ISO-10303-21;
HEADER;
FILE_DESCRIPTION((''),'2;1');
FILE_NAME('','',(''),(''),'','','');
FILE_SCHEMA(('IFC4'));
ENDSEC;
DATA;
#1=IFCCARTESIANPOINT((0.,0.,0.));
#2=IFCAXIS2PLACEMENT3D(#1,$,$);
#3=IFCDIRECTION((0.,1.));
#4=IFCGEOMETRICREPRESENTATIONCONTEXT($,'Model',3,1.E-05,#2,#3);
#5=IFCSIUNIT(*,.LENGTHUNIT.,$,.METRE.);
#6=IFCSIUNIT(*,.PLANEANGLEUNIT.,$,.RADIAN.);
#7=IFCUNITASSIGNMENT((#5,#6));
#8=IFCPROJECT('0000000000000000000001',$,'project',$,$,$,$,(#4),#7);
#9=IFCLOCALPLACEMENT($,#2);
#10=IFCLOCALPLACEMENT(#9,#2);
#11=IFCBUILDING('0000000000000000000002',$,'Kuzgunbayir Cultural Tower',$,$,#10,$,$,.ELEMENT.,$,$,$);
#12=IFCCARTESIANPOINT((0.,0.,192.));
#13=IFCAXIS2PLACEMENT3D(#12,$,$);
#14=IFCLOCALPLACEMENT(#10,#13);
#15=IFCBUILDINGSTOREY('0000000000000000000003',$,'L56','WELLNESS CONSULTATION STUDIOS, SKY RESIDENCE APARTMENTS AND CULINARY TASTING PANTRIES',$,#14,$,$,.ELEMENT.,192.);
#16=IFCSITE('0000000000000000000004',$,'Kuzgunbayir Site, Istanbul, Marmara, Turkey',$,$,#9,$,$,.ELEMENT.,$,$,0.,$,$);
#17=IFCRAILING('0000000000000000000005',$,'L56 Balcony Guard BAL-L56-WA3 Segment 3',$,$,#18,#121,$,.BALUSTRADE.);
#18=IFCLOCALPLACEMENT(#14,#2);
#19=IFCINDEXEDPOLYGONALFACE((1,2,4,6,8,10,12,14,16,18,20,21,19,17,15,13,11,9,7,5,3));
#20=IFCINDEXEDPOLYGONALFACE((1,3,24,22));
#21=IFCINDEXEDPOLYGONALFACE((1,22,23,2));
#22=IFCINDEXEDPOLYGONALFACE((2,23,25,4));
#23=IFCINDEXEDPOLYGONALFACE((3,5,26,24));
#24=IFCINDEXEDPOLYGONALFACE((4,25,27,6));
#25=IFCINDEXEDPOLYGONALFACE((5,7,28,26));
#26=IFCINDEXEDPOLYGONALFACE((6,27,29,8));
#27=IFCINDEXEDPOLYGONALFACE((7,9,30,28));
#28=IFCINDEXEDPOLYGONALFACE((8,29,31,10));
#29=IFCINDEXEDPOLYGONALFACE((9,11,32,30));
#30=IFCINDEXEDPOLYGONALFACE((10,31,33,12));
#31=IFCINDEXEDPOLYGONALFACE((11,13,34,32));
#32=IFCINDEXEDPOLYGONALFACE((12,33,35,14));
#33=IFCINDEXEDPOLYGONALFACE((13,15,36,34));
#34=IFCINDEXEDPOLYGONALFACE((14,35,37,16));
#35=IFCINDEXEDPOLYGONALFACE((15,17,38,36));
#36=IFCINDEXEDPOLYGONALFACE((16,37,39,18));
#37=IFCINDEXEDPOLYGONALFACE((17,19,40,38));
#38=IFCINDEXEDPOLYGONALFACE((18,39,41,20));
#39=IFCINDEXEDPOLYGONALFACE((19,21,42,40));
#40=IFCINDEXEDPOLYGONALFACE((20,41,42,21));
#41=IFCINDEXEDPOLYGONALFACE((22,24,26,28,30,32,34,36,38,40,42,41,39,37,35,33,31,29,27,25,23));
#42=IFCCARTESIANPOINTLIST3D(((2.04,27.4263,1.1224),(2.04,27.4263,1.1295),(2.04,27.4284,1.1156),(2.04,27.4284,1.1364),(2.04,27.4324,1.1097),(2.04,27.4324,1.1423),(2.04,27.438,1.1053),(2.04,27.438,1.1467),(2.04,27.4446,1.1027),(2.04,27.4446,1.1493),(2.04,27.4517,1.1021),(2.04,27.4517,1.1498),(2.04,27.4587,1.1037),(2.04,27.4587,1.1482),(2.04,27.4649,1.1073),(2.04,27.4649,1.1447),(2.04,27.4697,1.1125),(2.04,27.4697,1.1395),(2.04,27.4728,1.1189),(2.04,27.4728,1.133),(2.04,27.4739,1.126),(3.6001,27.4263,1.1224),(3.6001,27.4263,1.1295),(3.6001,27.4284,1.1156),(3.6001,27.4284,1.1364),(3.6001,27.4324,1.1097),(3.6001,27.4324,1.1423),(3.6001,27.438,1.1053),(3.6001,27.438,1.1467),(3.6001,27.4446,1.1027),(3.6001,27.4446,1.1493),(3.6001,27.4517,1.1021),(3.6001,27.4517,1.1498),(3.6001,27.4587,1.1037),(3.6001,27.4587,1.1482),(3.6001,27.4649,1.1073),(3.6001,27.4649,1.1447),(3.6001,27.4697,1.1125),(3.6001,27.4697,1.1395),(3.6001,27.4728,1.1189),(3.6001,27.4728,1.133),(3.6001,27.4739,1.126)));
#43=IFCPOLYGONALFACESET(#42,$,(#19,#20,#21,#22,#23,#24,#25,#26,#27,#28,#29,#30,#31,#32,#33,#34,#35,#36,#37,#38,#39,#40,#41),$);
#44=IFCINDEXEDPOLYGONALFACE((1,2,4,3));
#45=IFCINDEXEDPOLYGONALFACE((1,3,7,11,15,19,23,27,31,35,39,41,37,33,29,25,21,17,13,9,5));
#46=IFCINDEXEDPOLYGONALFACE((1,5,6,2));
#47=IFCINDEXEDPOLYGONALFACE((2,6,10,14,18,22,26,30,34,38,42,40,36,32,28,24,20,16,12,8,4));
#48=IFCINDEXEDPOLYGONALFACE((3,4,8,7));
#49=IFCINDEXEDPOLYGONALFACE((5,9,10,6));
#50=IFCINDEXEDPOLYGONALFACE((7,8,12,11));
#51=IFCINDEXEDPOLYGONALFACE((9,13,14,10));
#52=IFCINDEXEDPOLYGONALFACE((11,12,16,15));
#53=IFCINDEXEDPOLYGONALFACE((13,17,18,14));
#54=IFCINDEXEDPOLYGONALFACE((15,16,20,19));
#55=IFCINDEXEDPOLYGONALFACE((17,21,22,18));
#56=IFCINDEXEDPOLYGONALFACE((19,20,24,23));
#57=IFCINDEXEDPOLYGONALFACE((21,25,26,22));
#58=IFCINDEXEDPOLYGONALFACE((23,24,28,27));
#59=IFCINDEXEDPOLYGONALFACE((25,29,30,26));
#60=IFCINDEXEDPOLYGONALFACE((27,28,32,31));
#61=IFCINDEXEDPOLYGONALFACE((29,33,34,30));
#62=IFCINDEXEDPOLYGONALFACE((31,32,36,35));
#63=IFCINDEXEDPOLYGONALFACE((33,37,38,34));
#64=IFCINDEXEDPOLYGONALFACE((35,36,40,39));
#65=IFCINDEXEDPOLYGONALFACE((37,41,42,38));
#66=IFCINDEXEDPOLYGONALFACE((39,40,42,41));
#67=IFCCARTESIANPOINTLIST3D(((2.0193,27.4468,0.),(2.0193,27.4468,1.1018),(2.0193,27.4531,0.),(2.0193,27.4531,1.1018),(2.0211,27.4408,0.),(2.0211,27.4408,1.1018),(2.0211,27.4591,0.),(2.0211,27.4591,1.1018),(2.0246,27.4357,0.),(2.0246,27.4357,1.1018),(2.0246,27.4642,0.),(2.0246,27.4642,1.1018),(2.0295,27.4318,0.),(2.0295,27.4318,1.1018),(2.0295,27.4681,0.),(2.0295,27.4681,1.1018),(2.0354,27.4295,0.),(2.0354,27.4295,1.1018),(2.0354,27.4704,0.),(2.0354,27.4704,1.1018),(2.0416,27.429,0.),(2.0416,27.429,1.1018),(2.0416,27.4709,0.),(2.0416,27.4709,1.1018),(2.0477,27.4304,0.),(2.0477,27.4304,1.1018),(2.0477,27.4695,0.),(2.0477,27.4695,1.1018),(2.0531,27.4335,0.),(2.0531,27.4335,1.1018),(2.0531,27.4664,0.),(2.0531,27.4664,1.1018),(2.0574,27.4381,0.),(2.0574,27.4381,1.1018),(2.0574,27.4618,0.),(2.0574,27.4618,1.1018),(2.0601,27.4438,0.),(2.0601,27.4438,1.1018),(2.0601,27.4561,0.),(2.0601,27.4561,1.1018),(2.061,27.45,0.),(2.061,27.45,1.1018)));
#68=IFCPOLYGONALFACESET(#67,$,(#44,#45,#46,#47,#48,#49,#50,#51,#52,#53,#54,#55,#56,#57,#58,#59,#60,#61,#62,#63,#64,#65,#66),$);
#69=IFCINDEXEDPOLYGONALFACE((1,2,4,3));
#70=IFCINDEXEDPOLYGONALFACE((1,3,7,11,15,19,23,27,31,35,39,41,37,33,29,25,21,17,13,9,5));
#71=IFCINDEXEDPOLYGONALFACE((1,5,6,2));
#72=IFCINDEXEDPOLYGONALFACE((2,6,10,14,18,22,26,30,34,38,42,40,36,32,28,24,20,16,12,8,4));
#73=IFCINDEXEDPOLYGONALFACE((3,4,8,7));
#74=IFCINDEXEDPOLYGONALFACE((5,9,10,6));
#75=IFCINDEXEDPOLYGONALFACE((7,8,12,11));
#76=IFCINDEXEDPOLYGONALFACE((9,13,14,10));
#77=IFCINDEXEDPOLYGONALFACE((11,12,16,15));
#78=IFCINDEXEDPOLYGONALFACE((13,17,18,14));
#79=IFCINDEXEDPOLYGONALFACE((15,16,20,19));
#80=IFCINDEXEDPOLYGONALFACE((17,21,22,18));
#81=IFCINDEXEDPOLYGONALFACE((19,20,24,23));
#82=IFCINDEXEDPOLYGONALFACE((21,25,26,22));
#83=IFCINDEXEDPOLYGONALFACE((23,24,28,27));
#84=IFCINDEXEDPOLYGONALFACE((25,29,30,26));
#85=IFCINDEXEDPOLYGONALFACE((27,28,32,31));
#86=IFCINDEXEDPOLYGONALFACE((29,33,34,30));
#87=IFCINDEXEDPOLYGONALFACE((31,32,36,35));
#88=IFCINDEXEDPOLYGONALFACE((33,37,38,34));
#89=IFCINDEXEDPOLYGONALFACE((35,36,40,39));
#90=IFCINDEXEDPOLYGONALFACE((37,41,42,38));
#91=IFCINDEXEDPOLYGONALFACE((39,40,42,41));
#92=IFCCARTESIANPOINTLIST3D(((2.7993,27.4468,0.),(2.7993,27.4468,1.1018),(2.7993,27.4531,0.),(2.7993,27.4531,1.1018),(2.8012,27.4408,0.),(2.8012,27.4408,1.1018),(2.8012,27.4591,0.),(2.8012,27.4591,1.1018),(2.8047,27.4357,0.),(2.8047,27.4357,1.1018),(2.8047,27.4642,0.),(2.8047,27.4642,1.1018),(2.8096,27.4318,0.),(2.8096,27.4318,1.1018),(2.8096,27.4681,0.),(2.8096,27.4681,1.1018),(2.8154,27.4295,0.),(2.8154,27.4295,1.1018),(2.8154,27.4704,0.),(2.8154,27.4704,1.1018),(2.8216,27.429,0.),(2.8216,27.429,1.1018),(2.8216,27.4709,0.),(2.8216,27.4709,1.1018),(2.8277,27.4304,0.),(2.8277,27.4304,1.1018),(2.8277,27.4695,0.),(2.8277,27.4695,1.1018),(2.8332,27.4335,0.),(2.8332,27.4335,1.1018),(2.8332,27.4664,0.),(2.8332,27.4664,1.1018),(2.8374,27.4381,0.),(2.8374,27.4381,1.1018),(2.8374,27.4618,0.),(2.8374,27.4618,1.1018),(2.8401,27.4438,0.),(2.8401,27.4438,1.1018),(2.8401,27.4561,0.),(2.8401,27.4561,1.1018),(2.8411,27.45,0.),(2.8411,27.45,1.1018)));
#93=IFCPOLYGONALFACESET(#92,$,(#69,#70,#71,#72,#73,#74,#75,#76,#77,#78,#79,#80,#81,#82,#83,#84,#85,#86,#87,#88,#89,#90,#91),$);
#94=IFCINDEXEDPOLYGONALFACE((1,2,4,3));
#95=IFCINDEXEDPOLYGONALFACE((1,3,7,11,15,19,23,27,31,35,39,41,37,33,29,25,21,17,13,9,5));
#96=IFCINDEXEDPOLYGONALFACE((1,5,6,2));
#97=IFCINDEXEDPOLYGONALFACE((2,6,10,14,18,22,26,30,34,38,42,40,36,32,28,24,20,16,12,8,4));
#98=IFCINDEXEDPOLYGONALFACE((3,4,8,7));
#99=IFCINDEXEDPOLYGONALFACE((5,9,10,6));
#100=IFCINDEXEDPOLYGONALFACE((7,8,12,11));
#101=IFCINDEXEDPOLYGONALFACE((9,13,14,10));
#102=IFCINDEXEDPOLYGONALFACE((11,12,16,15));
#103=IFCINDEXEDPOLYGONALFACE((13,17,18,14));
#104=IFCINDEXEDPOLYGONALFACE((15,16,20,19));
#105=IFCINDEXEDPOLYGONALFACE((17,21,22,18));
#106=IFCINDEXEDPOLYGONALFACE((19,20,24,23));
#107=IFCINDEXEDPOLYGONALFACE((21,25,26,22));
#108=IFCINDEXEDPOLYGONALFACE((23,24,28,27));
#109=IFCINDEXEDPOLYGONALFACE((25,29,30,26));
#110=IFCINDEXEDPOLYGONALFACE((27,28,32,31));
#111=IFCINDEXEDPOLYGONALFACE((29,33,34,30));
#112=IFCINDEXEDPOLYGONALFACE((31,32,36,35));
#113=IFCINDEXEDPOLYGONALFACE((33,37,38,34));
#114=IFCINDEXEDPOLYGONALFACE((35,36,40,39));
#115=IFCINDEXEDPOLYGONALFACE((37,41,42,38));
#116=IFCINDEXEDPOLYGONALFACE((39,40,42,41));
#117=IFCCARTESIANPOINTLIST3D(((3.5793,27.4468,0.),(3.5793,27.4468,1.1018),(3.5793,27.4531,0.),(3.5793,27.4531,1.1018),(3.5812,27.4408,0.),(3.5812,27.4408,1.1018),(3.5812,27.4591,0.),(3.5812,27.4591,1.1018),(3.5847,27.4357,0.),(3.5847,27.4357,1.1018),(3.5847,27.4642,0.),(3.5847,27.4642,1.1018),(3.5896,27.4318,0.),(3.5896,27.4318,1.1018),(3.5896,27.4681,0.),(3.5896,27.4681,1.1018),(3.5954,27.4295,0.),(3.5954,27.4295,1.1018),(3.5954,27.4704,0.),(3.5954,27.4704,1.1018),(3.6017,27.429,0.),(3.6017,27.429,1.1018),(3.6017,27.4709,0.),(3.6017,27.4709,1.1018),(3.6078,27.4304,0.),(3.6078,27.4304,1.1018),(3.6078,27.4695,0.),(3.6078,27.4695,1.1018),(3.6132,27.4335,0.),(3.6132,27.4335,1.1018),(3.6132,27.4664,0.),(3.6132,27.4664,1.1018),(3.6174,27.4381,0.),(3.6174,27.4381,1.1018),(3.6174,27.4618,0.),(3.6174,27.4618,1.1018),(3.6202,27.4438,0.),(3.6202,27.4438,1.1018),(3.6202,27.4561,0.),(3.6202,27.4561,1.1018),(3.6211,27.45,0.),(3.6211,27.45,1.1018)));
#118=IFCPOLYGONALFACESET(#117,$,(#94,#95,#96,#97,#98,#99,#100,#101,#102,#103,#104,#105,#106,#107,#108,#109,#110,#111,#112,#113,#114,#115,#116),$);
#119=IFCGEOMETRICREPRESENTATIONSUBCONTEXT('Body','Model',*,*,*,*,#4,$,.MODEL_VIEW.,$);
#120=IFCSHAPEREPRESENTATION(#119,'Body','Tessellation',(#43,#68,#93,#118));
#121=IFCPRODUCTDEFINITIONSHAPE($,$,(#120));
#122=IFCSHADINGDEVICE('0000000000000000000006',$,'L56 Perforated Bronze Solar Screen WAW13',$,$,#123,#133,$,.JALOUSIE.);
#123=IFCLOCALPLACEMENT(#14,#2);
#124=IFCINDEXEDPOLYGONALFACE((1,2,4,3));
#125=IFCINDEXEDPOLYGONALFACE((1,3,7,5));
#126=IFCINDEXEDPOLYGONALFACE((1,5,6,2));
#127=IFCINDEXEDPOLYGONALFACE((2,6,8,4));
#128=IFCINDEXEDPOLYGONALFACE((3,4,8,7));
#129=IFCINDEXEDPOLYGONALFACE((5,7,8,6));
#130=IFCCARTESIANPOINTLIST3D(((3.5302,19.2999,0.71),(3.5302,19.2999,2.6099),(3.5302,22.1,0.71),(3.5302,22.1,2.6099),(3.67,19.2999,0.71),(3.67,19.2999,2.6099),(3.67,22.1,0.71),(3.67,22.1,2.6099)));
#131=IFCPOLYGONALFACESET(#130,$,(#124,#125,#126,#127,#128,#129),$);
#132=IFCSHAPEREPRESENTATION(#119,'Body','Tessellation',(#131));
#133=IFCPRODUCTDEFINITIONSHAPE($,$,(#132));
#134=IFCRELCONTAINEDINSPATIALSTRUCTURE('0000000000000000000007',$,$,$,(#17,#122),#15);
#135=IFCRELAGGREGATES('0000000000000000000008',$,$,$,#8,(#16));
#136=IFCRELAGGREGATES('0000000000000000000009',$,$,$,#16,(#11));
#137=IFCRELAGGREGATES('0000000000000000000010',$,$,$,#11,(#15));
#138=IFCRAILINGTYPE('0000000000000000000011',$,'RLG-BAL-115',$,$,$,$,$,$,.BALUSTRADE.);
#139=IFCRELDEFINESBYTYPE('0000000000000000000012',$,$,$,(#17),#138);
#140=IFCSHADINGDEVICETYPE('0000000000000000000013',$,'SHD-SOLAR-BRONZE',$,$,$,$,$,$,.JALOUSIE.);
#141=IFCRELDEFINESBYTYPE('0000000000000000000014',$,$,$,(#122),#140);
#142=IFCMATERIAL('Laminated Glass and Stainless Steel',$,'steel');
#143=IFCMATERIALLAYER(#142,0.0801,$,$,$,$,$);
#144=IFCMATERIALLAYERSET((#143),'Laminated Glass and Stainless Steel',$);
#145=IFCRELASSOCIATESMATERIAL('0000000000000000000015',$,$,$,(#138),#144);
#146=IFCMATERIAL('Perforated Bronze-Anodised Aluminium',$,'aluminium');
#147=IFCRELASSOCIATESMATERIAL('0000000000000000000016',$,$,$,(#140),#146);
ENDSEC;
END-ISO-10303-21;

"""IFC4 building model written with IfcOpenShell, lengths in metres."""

from ifc_helpers import new_model, si_unit, direction, frame, origin, origin_2d, place, context, subcontext, project, spatial, rectangle, circle, extrude, material, layer, layer_set, type_object, element, save


model = new_model("IFC4")

# Units and contexts
model_context = context("Model", 3, precision=1e-05, world=origin(), true_north=direction((0.0, 1.0)))
body_context = subcontext(model_context, "Body", "Model", "MODEL_VIEW")
ifc_project = project(units=[si_unit("LENGTHUNIT", "METRE"), si_unit("PLANEANGLEUNIT", "RADIAN")], contexts=[model_context])

# Site, building, storey
site_placement = place(None, origin())
site = spatial("IfcSite", under=ifc_project, at=site_placement, Name="Kuzgunbayir Site, Istanbul, Marmara, Turkey", CompositionType="ELEMENT", RefElevation=0.0)
building_placement = place(site_placement, origin())
building = spatial("IfcBuilding", under=site, at=building_placement, Name="Kuzgunbayir Cultural Tower", CompositionType="ELEMENT")
storey_placement = place(building_placement, frame((0.0, 0.0, 192.0)))
storey = spatial("IfcBuildingStorey", under=building, at=storey_placement, Name="L56", Description="WELLNESS CONSULTATION STUDIOS, SKY RESIDENCE APARTMENTS AND CULINARY TASTING PANTRIES", CompositionType="ELEMENT", Elevation=192.0)

# Railing
ifc_material_1 = material(Name="Laminated Glass and Stainless Steel", Category="steel")
ifc_layer_1 = layer(ifc_material_1, 0.0801)
ifc_layer_set_1 = layer_set([ifc_layer_1], Name="Laminated Glass and Stainless Steel")
railing_type = type_object("IfcRailingType", Name="RLG-BAL-115", PredefinedType="BALUSTRADE", material=ifc_layer_set_1)
railing_1_placement = place(storey_placement, frame((2.04, 27.45, 0.0)))
element("IfcRailing", 1, at=railing_1_placement, inside=storey, type_object=railing_type, Name="L56 Balcony Guard BAL-L56-WA3 Segment 3", PredefinedType="BALUSTRADE", context=body_context, shape_type="SweptSolid", body=[
    extrude(circle(Radius=0.0239, at=origin_2d()), frame((0.0, 0.0, 1.126), z_axis=(1.0, 0.0, 0.0), x_axis=(0.0, 1.0, 0.0)), (0.0, 0.0, 1.0), 1.5601),
    extrude(circle(Radius=0.021, at=origin_2d()), origin(), (0.0, 0.0, 1.0), 1.1018),
    extrude(circle(Radius=0.021, at=origin_2d()), frame((0.78, 0.0, 0.0)), (0.0, 0.0, 1.0), 1.1018),
    extrude(circle(Radius=0.021, at=origin_2d()), frame((1.5601, 0.0, 0.0)), (0.0, 0.0, 1.0), 1.1018),
])

# Shading device
ifc_material_2 = material(Name="Perforated Bronze-Anodised Aluminium", Category="aluminium")
shading_device_type = type_object("IfcShadingDeviceType", Name="SHD-SOLAR-BRONZE", PredefinedType="JALOUSIE", material=ifc_material_2)
shading_device_placement = place(storey_placement, frame((3.6001, 20.7, 0.71), z_axis=(0.0, 0.0, 1.0), x_axis=(1.0, 0.0, 0.0)))
element("IfcShadingDevice", 2, at=shading_device_placement, inside=storey, type_object=shading_device_type, Name="L56 Perforated Bronze Solar Screen WAW13", PredefinedType="JALOUSIE", context=body_context, shape_type="SweptSolid", body=[
    extrude(rectangle(XDim=0.1399, YDim=2.8, at=origin_2d()), origin(), (0.0, 0.0, 1.0), 1.8999),
])

save(model, "model.ifc")
